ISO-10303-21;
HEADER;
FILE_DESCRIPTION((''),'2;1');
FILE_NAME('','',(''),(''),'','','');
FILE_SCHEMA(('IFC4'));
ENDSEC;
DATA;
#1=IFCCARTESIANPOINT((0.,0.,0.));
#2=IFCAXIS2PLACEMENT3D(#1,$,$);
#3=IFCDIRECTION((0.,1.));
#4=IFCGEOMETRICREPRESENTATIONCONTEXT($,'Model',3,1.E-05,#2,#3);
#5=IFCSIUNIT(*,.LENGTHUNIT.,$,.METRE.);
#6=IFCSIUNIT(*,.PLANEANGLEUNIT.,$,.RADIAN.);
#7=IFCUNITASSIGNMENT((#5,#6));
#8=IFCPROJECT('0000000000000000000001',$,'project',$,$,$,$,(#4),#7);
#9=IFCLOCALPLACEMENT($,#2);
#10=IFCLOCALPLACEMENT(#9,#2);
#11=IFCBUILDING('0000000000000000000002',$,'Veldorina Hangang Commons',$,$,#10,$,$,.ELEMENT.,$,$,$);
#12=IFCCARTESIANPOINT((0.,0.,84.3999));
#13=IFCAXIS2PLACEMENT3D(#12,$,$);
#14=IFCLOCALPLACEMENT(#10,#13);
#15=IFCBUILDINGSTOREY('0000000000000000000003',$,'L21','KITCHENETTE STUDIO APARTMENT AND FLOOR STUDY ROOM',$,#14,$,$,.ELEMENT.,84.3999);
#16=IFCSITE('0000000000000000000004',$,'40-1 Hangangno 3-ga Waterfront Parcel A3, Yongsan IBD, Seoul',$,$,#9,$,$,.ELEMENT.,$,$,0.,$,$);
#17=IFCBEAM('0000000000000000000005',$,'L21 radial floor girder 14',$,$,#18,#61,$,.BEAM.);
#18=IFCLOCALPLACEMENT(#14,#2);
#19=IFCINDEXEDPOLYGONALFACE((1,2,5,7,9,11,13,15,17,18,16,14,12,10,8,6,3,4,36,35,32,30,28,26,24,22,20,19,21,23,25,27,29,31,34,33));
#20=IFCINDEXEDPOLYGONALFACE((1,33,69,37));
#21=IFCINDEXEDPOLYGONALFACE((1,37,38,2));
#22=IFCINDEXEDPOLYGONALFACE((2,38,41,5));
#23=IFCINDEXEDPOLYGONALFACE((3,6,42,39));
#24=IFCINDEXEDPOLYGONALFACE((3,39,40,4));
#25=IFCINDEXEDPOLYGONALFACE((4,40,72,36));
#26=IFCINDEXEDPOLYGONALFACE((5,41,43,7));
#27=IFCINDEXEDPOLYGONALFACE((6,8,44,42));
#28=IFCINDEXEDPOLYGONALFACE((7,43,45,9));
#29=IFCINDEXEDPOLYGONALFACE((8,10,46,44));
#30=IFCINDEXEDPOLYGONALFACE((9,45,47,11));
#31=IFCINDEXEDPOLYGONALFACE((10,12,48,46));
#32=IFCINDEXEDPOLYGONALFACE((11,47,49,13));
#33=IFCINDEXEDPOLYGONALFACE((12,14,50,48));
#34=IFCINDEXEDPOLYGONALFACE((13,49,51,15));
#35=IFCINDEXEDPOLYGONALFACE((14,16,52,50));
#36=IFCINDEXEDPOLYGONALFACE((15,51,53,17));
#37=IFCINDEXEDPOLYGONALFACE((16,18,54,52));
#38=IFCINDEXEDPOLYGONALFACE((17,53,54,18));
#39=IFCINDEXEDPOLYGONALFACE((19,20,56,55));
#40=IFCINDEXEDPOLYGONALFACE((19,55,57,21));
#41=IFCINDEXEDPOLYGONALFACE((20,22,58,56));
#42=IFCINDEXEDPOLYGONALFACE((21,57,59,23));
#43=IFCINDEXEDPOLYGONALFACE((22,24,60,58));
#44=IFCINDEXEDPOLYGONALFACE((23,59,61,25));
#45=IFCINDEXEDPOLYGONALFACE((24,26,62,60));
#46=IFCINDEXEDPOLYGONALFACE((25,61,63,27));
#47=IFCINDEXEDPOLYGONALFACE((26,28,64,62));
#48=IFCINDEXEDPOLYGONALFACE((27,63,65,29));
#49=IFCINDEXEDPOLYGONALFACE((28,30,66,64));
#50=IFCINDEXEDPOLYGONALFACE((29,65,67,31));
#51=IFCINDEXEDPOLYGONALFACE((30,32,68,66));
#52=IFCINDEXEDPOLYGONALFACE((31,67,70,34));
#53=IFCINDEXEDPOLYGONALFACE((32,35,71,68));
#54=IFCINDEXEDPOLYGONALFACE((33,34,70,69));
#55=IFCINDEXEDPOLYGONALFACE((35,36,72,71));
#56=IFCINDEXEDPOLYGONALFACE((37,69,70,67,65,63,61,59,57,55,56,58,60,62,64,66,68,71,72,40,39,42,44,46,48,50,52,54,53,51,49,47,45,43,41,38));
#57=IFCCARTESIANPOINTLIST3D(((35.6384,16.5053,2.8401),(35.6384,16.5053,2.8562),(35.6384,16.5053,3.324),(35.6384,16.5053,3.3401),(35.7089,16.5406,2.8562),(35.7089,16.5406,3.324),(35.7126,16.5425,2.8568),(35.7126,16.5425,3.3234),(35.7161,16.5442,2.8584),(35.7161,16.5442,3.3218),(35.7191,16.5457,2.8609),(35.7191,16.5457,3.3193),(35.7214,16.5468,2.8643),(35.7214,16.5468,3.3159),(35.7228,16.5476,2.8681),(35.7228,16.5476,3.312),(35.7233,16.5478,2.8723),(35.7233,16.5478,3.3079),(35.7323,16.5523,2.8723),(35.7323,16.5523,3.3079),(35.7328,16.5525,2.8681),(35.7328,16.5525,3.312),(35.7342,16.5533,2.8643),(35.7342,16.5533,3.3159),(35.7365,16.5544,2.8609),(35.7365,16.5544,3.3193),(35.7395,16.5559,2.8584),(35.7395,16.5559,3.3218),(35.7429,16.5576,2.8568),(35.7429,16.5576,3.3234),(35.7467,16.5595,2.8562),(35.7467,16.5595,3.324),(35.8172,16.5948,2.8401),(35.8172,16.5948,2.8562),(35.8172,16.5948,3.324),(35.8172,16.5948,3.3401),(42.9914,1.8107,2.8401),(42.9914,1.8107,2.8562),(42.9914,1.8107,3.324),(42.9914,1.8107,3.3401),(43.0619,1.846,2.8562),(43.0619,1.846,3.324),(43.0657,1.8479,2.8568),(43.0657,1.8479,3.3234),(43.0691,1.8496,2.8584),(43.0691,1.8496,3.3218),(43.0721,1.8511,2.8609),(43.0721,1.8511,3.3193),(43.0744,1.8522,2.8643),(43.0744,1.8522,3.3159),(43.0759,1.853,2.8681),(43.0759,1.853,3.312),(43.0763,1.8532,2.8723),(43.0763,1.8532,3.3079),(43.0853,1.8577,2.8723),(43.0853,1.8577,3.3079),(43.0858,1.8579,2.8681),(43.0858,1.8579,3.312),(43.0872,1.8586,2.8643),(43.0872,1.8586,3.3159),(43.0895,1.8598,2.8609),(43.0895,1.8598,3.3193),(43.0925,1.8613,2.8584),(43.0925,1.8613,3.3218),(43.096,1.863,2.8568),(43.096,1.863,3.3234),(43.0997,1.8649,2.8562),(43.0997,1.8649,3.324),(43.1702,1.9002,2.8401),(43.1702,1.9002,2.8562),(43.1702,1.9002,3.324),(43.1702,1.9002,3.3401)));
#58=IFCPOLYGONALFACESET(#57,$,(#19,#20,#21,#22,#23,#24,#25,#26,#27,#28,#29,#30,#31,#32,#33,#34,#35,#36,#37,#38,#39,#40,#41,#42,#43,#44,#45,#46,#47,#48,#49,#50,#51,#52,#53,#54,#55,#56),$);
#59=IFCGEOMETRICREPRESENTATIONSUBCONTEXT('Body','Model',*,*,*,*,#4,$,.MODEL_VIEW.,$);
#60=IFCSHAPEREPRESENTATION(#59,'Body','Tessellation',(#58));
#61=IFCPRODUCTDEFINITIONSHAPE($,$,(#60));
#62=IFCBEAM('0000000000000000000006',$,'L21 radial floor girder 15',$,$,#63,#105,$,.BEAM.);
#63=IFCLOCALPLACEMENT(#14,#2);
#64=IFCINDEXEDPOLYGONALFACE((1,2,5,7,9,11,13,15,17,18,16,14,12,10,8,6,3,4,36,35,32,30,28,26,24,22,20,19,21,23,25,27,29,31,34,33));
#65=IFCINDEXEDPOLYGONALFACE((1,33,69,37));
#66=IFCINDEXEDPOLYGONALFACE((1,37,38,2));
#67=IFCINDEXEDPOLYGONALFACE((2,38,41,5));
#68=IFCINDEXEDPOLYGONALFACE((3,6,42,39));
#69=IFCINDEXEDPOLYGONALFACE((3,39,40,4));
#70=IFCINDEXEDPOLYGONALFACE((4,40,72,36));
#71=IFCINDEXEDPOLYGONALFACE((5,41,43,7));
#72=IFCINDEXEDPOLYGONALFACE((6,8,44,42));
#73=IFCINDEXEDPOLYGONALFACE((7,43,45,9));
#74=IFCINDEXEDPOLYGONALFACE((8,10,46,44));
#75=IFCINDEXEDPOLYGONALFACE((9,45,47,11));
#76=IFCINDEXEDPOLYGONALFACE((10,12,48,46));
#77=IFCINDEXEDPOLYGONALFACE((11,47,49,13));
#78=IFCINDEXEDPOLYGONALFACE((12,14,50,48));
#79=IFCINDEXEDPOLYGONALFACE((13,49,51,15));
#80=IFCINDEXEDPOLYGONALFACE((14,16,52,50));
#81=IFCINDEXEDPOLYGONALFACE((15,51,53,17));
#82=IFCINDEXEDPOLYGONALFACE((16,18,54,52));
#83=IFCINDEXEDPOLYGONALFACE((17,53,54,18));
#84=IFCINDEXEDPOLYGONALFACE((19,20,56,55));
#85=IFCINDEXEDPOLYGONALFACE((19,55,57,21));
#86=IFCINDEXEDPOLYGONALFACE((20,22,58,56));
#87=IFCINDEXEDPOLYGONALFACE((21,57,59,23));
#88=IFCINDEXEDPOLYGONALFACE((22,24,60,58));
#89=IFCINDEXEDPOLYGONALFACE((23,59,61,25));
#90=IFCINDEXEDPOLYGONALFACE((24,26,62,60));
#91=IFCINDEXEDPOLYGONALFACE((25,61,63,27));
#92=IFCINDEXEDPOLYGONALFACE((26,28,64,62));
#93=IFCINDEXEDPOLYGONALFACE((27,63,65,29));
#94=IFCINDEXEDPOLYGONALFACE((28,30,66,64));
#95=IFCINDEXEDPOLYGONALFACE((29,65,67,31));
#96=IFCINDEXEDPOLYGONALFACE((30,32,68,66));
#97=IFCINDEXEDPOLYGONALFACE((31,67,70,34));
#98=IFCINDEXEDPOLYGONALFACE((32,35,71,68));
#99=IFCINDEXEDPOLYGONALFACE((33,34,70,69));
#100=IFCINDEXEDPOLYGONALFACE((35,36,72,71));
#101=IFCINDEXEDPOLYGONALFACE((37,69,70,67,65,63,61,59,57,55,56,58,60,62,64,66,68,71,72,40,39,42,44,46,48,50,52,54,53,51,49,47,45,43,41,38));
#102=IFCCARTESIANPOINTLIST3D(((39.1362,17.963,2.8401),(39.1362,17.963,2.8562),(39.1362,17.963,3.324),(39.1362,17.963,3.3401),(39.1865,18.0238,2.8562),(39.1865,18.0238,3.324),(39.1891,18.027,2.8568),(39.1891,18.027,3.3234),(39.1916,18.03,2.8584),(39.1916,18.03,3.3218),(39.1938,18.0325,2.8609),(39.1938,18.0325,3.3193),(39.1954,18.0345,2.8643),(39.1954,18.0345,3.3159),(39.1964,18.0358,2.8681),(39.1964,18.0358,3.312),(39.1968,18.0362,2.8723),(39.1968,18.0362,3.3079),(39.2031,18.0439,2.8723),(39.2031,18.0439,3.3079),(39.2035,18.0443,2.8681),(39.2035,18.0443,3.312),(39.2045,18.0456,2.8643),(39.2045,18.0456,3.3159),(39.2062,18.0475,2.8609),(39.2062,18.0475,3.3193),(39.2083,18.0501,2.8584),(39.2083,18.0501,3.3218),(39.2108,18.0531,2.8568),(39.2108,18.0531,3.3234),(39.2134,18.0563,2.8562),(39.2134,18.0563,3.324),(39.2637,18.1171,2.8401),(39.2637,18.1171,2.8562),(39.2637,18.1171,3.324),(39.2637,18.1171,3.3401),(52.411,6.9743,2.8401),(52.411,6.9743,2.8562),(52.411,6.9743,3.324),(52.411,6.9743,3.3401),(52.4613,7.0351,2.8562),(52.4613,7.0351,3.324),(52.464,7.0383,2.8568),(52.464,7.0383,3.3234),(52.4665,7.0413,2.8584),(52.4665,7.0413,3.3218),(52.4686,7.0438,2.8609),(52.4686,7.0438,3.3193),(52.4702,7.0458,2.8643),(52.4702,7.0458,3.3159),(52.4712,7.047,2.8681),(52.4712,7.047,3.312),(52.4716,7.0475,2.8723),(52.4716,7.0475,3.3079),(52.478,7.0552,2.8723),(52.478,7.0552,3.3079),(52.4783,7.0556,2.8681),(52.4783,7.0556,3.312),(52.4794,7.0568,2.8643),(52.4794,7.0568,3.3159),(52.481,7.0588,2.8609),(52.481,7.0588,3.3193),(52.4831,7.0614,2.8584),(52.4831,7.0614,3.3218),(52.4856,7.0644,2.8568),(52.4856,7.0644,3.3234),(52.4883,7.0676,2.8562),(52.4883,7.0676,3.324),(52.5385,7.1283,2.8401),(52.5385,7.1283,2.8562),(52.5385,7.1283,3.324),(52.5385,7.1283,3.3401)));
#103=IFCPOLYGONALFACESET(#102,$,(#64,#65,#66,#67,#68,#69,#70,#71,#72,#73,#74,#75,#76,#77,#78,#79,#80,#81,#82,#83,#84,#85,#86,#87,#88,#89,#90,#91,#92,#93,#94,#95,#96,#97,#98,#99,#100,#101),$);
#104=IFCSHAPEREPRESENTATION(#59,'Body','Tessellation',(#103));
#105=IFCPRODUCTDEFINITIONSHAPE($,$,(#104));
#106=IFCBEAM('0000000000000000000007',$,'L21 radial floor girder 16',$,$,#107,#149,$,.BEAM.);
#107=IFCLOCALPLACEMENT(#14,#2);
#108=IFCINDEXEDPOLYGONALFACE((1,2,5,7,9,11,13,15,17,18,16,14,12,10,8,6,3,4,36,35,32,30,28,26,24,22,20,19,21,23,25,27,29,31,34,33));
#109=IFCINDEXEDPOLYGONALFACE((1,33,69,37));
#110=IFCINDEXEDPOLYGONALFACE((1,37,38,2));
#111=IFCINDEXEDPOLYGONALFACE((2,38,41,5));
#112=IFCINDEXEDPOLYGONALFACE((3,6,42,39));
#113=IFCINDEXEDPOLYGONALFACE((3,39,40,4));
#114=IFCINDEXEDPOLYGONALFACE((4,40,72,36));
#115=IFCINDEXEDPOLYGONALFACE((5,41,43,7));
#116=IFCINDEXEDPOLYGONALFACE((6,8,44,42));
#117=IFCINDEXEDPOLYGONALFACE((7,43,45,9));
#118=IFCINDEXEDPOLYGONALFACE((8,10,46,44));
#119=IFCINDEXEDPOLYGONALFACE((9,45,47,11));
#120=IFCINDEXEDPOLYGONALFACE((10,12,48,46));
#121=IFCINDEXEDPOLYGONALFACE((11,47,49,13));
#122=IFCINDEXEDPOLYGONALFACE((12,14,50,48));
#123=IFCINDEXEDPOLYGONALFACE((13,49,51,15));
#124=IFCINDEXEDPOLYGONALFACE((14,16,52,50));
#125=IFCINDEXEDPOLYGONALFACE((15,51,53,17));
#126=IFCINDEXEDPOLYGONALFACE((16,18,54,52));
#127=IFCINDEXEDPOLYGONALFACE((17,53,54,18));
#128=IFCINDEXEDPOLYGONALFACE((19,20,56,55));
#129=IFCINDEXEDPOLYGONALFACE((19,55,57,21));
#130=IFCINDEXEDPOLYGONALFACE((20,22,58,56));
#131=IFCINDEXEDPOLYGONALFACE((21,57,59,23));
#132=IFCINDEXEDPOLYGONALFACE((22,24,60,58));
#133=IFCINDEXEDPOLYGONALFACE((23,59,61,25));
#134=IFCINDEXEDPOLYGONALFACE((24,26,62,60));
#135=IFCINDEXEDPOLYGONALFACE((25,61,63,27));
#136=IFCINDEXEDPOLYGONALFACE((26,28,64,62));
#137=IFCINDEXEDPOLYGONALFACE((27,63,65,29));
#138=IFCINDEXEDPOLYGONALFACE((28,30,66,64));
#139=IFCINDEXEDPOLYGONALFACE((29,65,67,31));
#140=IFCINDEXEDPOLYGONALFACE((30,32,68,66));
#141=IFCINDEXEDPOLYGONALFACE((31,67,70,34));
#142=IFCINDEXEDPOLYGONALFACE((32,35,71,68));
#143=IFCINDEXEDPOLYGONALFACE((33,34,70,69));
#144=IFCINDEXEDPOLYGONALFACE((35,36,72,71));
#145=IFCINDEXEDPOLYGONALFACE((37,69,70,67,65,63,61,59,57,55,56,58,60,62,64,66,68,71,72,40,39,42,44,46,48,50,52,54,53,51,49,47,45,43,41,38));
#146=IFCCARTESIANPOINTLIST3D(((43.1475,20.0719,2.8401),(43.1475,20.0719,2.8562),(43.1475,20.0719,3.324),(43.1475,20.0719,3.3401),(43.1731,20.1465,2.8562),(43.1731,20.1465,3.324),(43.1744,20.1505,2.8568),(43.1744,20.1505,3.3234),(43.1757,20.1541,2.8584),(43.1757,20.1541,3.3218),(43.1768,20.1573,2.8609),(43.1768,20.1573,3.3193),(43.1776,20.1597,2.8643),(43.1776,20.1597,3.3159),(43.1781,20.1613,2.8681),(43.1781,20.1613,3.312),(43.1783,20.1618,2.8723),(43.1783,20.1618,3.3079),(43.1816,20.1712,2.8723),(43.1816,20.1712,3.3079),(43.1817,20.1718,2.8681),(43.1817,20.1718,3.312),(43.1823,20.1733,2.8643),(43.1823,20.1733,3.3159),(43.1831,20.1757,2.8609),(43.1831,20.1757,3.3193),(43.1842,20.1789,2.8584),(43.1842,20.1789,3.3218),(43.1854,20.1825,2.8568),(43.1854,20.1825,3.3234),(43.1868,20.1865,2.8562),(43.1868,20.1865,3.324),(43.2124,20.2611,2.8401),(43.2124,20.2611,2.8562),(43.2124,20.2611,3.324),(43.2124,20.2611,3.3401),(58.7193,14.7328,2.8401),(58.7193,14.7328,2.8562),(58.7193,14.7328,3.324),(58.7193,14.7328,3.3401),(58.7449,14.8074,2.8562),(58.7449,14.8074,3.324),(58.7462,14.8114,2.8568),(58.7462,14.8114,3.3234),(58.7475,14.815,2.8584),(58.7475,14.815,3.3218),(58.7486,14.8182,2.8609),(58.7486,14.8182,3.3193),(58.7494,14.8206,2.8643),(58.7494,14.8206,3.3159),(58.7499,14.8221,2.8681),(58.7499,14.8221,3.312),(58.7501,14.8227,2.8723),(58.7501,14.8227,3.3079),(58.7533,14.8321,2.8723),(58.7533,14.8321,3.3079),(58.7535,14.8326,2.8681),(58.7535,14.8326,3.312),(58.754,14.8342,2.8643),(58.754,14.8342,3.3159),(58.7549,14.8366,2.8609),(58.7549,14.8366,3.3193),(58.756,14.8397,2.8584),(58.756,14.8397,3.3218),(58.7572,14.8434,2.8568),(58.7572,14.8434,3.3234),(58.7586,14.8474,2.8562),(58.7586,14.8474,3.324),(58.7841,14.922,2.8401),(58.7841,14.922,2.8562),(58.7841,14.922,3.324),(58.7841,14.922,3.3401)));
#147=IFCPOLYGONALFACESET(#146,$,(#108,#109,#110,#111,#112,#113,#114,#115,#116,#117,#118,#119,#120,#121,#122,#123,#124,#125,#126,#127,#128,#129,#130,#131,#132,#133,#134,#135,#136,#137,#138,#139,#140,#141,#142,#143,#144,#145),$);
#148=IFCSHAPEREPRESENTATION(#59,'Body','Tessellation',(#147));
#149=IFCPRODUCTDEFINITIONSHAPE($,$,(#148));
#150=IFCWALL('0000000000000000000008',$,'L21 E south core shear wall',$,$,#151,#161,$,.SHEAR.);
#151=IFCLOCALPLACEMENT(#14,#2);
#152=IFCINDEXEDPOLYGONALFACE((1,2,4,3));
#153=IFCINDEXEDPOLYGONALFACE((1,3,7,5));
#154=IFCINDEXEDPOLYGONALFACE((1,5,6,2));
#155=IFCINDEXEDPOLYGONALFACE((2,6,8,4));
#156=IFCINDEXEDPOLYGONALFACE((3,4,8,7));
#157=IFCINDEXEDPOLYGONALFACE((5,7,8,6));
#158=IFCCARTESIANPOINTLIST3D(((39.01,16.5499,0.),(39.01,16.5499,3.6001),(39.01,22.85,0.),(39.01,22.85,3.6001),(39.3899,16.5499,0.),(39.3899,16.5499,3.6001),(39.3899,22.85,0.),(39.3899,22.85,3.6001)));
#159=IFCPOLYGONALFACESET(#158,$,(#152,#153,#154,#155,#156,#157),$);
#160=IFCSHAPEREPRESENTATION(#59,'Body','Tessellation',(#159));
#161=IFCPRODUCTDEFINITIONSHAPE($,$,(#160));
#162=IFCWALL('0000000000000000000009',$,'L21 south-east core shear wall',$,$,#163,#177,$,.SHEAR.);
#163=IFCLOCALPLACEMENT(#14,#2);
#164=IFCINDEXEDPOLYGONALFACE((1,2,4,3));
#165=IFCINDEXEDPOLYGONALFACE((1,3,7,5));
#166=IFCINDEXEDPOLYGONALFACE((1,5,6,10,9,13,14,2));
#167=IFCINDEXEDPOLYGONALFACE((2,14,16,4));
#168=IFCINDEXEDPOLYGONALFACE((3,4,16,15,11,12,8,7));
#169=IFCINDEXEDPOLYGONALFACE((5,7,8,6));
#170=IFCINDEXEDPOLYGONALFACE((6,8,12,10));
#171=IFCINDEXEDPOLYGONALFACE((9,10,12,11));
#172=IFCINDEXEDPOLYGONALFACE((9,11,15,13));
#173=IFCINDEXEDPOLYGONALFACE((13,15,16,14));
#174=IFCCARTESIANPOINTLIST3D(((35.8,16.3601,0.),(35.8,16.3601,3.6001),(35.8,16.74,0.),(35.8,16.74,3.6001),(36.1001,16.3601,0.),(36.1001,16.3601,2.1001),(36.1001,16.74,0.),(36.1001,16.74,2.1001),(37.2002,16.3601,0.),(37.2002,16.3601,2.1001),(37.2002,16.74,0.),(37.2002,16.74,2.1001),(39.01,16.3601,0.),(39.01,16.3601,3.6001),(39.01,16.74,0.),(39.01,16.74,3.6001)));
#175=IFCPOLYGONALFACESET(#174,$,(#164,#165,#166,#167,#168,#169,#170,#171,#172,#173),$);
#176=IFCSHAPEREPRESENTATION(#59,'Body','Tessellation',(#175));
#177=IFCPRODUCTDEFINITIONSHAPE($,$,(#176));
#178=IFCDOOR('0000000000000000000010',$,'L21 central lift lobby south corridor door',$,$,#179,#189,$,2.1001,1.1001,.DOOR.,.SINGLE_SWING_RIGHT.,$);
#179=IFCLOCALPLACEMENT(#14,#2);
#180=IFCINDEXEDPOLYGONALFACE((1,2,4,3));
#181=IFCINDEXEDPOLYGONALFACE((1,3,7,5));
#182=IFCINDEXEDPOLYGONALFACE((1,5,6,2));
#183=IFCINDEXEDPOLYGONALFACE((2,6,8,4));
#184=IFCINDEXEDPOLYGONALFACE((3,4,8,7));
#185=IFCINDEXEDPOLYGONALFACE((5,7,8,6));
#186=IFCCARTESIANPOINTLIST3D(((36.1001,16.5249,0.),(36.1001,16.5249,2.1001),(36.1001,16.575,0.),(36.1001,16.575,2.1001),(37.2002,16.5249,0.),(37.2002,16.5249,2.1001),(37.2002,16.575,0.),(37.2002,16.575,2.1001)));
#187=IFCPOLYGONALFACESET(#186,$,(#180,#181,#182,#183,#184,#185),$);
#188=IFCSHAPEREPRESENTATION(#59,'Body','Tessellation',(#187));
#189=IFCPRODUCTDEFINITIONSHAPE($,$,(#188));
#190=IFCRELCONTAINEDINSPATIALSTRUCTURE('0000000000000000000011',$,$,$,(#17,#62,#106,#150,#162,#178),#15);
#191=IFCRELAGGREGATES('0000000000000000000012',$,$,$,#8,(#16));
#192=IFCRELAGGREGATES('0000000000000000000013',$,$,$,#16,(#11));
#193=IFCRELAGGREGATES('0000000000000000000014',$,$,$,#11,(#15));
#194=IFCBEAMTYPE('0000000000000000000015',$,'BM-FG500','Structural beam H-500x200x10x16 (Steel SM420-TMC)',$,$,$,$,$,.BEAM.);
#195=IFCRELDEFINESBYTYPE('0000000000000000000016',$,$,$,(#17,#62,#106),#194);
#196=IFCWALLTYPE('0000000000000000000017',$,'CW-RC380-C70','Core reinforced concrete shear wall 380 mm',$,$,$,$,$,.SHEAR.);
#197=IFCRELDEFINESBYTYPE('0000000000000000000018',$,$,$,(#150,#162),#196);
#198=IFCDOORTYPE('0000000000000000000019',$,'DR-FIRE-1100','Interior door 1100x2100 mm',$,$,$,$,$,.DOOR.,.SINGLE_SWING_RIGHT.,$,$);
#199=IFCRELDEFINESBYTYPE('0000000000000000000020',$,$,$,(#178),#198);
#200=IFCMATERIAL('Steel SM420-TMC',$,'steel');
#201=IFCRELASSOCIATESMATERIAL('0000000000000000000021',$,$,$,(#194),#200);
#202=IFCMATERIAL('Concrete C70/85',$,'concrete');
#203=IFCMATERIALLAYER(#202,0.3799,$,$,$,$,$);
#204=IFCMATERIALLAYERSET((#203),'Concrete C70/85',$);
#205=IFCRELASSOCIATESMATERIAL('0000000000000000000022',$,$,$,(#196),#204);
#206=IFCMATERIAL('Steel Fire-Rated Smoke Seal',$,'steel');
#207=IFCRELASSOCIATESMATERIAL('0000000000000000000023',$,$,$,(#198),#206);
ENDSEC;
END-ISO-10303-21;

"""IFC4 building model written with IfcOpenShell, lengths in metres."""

from ifc_helpers import new_model, si_unit, direction, frame, frame_2d, origin, origin_2d, place, context, subcontext, project, spatial, rectangle, i_section, extrude, material, layer, layer_set, material_profile, profile_set, type_object, element, fill, save


model = new_model("IFC4")

# Units and contexts
model_context = context("Model", 3, precision=1e-05, world=origin(), true_north=direction((0.0, 1.0)))
body_context = subcontext(model_context, "Body", "Model", "MODEL_VIEW")
ifc_project = project(units=[si_unit("LENGTHUNIT", "METRE"), si_unit("PLANEANGLEUNIT", "RADIAN")], contexts=[model_context])

# Site, building, storey
site_placement = place(None, origin())
site = spatial("IfcSite", under=ifc_project, at=site_placement, Name="40-1 Hangangno 3-ga Waterfront Parcel A3, Yongsan IBD, Seoul", CompositionType="ELEMENT", RefElevation=0.0)
building_placement = place(site_placement, origin())
building = spatial("IfcBuilding", under=site, at=building_placement, Name="Veldorina Hangang Commons", CompositionType="ELEMENT")
storey_placement = place(building_placement, frame((0.0, 0.0, 84.3999)))
storey = spatial("IfcBuildingStorey", under=building, at=storey_placement, Name="L21", Description="KITCHENETTE STUDIO APARTMENT AND FLOOR STUDY ROOM", CompositionType="ELEMENT", Elevation=84.3999)

# Beams
ifc_material_1 = material(Name="Steel SM420-TMC", Category="steel")
ifc_material_profile = material_profile(ifc_material_1, i_section(OverallWidth=0.2, OverallDepth=0.5, WebThickness=0.01, FlangeThickness=0.0161, FilletRadius=0.0161, at=origin_2d()), Name="H-500x200x10x16")
ifc_profile_set = profile_set([ifc_material_profile], Name="Steel SM420-TMC")
beam_type = type_object("IfcBeamType", Name="BM-FG500", Description="Structural beam H-500x200x10x16 (Steel SM420-TMC)", PredefinedType="BEAM", material=ifc_profile_set)
beam_1_placement = place(storey_placement, frame((35.7278, 16.55, 3.0901), z_axis=(0.447493, -0.894287, 0.0), x_axis=(0.894287, 0.447493, 0.0)))
element("IfcBeam", 1, at=beam_1_placement, inside=storey, type_object=beam_type, Name="L21 radial floor girder 14", PredefinedType="BEAM", context=body_context, shape_type="SweptSolid", body=[
    extrude(i_section(OverallWidth=0.2, OverallDepth=0.5, WebThickness=0.01, FlangeThickness=0.0161, FilletRadius=0.0161, at=origin_2d()), origin(), (0.0, 0.0, 1.0), 16.4316),
])
beam_2_placement = place(storey_placement, frame((39.2, 18.04, 3.0901), z_axis=(0.770319, -0.637659, 0.0), x_axis=(0.637659, 0.770319, 0.0)))
element("IfcBeam", 2, at=beam_2_placement, inside=storey, type_object=beam_type, Name="L21 radial floor girder 15", PredefinedType="BEAM", context=body_context, shape_type="SweptSolid", body=[
    extrude(i_section(OverallWidth=0.2, OverallDepth=0.5, WebThickness=0.01, FlangeThickness=0.0161, FilletRadius=0.0161, at=origin_2d()), origin(), (0.0, 0.0, 1.0), 17.2329),
])
beam_3_placement = place(storey_placement, frame((43.1799, 20.1665, 3.0901), z_axis=(0.945942, -0.324336, 0.0), x_axis=(0.324336, 0.945942, 0.0)))
element("IfcBeam", 3, at=beam_3_placement, inside=storey, type_object=beam_type, Name="L21 radial floor girder 16", PredefinedType="BEAM", context=body_context, shape_type="SweptSolid", body=[
    extrude(i_section(OverallWidth=0.2, OverallDepth=0.5, WebThickness=0.01, FlangeThickness=0.0161, FilletRadius=0.0161, at=origin_2d()), origin(), (0.0, 0.0, 1.0), 16.4617),
])

# Wall
ifc_material_2 = material(Name="Concrete C70/85", Category="concrete")
ifc_layer_1 = layer(ifc_material_2, 0.3799)
ifc_layer_set_1 = layer_set([ifc_layer_1], Name="Concrete C70/85")
wall_type_1 = type_object("IfcWallType", Name="CW-RC380-C70", Description="Core reinforced concrete shear wall 380 mm", PredefinedType="SHEAR", material=ifc_layer_set_1)
wall_1_placement = place(storey_placement, frame((39.2, 16.55, 0.0), z_axis=(0.0, 0.0, 1.0), x_axis=(0.0, 1.0, 0.0)))
element("IfcWall", 4, at=wall_1_placement, inside=storey, type_object=wall_type_1, Name="L21 E south core shear wall", PredefinedType="SHEAR", context=body_context, shape_type="SweptSolid", body=[
    extrude(rectangle(XDim=6.3, YDim=0.3799, at=frame_2d((3.1499, 0.0))), origin(), (0.0, 0.0, 1.0), 3.6001),
])

# Wall, opening, door
wall_2_placement = place(storey_placement, frame((35.8, 16.55, 0.0), z_axis=(0.0, 0.0, 1.0), x_axis=(1.0, 0.0, 0.0)))
wall_2 = element("IfcWall", 5, at=wall_2_placement, inside=storey, type_object=wall_type_1, Name="L21 south-east core shear wall", PredefinedType="SHEAR", context=body_context, shape_type="SweptSolid", body=[
    extrude(rectangle(XDim=3.21, YDim=0.3799, at=frame_2d((1.605, 0.0))), origin(), (0.0, 0.0, 1.0), 3.6001),
])
opening_1_placement = place(wall_2_placement, frame((0.3, 0.0, 0.0)))
opening_1 = element("IfcOpeningElement", 6, at=opening_1_placement, cuts=wall_2, PredefinedType="OPENING", context=body_context, shape_type="SweptSolid", body=[
    extrude(rectangle(XDim=1.1001, YDim=2.1001, at=frame_2d((0.55, 1.05))), frame((0.0, 0.2, 0.0), z_axis=(0.0, -1.0, 0.0), x_axis=(1.0, 0.0, 0.0)), (0.0, 0.0, 1.0), 0.3999),
])
ifc_material_3 = material(Name="Steel Fire-Rated Smoke Seal", Category="steel")
door_type_1 = type_object("IfcDoorType", Name="DR-FIRE-1100", Description="Interior door 1100x2100 mm", OperationType="SINGLE_SWING_RIGHT", PredefinedType="DOOR", material=ifc_material_3)
door_1_placement = place(opening_1_placement, origin())
door_1 = element("IfcDoor", 7, at=door_1_placement, inside=storey, type_object=door_type_1, Name="L21 central lift lobby south corridor door", OperationType="SINGLE_SWING_RIGHT", OverallHeight=2.1001, OverallWidth=1.1001, PredefinedType="DOOR", context=body_context, shape_type="SweptSolid", body=[
    extrude(rectangle(XDim=1.1001, YDim=2.1001, at=frame_2d((0.55, 1.05))), frame((0.0, 0.0249, 0.0), z_axis=(0.0, -1.0, 0.0), x_axis=(1.0, 0.0, 0.0)), (0.0, 0.0, 1.0), 0.05),
])
fill(opening_1, door_1)

save(model, "model.ifc")
